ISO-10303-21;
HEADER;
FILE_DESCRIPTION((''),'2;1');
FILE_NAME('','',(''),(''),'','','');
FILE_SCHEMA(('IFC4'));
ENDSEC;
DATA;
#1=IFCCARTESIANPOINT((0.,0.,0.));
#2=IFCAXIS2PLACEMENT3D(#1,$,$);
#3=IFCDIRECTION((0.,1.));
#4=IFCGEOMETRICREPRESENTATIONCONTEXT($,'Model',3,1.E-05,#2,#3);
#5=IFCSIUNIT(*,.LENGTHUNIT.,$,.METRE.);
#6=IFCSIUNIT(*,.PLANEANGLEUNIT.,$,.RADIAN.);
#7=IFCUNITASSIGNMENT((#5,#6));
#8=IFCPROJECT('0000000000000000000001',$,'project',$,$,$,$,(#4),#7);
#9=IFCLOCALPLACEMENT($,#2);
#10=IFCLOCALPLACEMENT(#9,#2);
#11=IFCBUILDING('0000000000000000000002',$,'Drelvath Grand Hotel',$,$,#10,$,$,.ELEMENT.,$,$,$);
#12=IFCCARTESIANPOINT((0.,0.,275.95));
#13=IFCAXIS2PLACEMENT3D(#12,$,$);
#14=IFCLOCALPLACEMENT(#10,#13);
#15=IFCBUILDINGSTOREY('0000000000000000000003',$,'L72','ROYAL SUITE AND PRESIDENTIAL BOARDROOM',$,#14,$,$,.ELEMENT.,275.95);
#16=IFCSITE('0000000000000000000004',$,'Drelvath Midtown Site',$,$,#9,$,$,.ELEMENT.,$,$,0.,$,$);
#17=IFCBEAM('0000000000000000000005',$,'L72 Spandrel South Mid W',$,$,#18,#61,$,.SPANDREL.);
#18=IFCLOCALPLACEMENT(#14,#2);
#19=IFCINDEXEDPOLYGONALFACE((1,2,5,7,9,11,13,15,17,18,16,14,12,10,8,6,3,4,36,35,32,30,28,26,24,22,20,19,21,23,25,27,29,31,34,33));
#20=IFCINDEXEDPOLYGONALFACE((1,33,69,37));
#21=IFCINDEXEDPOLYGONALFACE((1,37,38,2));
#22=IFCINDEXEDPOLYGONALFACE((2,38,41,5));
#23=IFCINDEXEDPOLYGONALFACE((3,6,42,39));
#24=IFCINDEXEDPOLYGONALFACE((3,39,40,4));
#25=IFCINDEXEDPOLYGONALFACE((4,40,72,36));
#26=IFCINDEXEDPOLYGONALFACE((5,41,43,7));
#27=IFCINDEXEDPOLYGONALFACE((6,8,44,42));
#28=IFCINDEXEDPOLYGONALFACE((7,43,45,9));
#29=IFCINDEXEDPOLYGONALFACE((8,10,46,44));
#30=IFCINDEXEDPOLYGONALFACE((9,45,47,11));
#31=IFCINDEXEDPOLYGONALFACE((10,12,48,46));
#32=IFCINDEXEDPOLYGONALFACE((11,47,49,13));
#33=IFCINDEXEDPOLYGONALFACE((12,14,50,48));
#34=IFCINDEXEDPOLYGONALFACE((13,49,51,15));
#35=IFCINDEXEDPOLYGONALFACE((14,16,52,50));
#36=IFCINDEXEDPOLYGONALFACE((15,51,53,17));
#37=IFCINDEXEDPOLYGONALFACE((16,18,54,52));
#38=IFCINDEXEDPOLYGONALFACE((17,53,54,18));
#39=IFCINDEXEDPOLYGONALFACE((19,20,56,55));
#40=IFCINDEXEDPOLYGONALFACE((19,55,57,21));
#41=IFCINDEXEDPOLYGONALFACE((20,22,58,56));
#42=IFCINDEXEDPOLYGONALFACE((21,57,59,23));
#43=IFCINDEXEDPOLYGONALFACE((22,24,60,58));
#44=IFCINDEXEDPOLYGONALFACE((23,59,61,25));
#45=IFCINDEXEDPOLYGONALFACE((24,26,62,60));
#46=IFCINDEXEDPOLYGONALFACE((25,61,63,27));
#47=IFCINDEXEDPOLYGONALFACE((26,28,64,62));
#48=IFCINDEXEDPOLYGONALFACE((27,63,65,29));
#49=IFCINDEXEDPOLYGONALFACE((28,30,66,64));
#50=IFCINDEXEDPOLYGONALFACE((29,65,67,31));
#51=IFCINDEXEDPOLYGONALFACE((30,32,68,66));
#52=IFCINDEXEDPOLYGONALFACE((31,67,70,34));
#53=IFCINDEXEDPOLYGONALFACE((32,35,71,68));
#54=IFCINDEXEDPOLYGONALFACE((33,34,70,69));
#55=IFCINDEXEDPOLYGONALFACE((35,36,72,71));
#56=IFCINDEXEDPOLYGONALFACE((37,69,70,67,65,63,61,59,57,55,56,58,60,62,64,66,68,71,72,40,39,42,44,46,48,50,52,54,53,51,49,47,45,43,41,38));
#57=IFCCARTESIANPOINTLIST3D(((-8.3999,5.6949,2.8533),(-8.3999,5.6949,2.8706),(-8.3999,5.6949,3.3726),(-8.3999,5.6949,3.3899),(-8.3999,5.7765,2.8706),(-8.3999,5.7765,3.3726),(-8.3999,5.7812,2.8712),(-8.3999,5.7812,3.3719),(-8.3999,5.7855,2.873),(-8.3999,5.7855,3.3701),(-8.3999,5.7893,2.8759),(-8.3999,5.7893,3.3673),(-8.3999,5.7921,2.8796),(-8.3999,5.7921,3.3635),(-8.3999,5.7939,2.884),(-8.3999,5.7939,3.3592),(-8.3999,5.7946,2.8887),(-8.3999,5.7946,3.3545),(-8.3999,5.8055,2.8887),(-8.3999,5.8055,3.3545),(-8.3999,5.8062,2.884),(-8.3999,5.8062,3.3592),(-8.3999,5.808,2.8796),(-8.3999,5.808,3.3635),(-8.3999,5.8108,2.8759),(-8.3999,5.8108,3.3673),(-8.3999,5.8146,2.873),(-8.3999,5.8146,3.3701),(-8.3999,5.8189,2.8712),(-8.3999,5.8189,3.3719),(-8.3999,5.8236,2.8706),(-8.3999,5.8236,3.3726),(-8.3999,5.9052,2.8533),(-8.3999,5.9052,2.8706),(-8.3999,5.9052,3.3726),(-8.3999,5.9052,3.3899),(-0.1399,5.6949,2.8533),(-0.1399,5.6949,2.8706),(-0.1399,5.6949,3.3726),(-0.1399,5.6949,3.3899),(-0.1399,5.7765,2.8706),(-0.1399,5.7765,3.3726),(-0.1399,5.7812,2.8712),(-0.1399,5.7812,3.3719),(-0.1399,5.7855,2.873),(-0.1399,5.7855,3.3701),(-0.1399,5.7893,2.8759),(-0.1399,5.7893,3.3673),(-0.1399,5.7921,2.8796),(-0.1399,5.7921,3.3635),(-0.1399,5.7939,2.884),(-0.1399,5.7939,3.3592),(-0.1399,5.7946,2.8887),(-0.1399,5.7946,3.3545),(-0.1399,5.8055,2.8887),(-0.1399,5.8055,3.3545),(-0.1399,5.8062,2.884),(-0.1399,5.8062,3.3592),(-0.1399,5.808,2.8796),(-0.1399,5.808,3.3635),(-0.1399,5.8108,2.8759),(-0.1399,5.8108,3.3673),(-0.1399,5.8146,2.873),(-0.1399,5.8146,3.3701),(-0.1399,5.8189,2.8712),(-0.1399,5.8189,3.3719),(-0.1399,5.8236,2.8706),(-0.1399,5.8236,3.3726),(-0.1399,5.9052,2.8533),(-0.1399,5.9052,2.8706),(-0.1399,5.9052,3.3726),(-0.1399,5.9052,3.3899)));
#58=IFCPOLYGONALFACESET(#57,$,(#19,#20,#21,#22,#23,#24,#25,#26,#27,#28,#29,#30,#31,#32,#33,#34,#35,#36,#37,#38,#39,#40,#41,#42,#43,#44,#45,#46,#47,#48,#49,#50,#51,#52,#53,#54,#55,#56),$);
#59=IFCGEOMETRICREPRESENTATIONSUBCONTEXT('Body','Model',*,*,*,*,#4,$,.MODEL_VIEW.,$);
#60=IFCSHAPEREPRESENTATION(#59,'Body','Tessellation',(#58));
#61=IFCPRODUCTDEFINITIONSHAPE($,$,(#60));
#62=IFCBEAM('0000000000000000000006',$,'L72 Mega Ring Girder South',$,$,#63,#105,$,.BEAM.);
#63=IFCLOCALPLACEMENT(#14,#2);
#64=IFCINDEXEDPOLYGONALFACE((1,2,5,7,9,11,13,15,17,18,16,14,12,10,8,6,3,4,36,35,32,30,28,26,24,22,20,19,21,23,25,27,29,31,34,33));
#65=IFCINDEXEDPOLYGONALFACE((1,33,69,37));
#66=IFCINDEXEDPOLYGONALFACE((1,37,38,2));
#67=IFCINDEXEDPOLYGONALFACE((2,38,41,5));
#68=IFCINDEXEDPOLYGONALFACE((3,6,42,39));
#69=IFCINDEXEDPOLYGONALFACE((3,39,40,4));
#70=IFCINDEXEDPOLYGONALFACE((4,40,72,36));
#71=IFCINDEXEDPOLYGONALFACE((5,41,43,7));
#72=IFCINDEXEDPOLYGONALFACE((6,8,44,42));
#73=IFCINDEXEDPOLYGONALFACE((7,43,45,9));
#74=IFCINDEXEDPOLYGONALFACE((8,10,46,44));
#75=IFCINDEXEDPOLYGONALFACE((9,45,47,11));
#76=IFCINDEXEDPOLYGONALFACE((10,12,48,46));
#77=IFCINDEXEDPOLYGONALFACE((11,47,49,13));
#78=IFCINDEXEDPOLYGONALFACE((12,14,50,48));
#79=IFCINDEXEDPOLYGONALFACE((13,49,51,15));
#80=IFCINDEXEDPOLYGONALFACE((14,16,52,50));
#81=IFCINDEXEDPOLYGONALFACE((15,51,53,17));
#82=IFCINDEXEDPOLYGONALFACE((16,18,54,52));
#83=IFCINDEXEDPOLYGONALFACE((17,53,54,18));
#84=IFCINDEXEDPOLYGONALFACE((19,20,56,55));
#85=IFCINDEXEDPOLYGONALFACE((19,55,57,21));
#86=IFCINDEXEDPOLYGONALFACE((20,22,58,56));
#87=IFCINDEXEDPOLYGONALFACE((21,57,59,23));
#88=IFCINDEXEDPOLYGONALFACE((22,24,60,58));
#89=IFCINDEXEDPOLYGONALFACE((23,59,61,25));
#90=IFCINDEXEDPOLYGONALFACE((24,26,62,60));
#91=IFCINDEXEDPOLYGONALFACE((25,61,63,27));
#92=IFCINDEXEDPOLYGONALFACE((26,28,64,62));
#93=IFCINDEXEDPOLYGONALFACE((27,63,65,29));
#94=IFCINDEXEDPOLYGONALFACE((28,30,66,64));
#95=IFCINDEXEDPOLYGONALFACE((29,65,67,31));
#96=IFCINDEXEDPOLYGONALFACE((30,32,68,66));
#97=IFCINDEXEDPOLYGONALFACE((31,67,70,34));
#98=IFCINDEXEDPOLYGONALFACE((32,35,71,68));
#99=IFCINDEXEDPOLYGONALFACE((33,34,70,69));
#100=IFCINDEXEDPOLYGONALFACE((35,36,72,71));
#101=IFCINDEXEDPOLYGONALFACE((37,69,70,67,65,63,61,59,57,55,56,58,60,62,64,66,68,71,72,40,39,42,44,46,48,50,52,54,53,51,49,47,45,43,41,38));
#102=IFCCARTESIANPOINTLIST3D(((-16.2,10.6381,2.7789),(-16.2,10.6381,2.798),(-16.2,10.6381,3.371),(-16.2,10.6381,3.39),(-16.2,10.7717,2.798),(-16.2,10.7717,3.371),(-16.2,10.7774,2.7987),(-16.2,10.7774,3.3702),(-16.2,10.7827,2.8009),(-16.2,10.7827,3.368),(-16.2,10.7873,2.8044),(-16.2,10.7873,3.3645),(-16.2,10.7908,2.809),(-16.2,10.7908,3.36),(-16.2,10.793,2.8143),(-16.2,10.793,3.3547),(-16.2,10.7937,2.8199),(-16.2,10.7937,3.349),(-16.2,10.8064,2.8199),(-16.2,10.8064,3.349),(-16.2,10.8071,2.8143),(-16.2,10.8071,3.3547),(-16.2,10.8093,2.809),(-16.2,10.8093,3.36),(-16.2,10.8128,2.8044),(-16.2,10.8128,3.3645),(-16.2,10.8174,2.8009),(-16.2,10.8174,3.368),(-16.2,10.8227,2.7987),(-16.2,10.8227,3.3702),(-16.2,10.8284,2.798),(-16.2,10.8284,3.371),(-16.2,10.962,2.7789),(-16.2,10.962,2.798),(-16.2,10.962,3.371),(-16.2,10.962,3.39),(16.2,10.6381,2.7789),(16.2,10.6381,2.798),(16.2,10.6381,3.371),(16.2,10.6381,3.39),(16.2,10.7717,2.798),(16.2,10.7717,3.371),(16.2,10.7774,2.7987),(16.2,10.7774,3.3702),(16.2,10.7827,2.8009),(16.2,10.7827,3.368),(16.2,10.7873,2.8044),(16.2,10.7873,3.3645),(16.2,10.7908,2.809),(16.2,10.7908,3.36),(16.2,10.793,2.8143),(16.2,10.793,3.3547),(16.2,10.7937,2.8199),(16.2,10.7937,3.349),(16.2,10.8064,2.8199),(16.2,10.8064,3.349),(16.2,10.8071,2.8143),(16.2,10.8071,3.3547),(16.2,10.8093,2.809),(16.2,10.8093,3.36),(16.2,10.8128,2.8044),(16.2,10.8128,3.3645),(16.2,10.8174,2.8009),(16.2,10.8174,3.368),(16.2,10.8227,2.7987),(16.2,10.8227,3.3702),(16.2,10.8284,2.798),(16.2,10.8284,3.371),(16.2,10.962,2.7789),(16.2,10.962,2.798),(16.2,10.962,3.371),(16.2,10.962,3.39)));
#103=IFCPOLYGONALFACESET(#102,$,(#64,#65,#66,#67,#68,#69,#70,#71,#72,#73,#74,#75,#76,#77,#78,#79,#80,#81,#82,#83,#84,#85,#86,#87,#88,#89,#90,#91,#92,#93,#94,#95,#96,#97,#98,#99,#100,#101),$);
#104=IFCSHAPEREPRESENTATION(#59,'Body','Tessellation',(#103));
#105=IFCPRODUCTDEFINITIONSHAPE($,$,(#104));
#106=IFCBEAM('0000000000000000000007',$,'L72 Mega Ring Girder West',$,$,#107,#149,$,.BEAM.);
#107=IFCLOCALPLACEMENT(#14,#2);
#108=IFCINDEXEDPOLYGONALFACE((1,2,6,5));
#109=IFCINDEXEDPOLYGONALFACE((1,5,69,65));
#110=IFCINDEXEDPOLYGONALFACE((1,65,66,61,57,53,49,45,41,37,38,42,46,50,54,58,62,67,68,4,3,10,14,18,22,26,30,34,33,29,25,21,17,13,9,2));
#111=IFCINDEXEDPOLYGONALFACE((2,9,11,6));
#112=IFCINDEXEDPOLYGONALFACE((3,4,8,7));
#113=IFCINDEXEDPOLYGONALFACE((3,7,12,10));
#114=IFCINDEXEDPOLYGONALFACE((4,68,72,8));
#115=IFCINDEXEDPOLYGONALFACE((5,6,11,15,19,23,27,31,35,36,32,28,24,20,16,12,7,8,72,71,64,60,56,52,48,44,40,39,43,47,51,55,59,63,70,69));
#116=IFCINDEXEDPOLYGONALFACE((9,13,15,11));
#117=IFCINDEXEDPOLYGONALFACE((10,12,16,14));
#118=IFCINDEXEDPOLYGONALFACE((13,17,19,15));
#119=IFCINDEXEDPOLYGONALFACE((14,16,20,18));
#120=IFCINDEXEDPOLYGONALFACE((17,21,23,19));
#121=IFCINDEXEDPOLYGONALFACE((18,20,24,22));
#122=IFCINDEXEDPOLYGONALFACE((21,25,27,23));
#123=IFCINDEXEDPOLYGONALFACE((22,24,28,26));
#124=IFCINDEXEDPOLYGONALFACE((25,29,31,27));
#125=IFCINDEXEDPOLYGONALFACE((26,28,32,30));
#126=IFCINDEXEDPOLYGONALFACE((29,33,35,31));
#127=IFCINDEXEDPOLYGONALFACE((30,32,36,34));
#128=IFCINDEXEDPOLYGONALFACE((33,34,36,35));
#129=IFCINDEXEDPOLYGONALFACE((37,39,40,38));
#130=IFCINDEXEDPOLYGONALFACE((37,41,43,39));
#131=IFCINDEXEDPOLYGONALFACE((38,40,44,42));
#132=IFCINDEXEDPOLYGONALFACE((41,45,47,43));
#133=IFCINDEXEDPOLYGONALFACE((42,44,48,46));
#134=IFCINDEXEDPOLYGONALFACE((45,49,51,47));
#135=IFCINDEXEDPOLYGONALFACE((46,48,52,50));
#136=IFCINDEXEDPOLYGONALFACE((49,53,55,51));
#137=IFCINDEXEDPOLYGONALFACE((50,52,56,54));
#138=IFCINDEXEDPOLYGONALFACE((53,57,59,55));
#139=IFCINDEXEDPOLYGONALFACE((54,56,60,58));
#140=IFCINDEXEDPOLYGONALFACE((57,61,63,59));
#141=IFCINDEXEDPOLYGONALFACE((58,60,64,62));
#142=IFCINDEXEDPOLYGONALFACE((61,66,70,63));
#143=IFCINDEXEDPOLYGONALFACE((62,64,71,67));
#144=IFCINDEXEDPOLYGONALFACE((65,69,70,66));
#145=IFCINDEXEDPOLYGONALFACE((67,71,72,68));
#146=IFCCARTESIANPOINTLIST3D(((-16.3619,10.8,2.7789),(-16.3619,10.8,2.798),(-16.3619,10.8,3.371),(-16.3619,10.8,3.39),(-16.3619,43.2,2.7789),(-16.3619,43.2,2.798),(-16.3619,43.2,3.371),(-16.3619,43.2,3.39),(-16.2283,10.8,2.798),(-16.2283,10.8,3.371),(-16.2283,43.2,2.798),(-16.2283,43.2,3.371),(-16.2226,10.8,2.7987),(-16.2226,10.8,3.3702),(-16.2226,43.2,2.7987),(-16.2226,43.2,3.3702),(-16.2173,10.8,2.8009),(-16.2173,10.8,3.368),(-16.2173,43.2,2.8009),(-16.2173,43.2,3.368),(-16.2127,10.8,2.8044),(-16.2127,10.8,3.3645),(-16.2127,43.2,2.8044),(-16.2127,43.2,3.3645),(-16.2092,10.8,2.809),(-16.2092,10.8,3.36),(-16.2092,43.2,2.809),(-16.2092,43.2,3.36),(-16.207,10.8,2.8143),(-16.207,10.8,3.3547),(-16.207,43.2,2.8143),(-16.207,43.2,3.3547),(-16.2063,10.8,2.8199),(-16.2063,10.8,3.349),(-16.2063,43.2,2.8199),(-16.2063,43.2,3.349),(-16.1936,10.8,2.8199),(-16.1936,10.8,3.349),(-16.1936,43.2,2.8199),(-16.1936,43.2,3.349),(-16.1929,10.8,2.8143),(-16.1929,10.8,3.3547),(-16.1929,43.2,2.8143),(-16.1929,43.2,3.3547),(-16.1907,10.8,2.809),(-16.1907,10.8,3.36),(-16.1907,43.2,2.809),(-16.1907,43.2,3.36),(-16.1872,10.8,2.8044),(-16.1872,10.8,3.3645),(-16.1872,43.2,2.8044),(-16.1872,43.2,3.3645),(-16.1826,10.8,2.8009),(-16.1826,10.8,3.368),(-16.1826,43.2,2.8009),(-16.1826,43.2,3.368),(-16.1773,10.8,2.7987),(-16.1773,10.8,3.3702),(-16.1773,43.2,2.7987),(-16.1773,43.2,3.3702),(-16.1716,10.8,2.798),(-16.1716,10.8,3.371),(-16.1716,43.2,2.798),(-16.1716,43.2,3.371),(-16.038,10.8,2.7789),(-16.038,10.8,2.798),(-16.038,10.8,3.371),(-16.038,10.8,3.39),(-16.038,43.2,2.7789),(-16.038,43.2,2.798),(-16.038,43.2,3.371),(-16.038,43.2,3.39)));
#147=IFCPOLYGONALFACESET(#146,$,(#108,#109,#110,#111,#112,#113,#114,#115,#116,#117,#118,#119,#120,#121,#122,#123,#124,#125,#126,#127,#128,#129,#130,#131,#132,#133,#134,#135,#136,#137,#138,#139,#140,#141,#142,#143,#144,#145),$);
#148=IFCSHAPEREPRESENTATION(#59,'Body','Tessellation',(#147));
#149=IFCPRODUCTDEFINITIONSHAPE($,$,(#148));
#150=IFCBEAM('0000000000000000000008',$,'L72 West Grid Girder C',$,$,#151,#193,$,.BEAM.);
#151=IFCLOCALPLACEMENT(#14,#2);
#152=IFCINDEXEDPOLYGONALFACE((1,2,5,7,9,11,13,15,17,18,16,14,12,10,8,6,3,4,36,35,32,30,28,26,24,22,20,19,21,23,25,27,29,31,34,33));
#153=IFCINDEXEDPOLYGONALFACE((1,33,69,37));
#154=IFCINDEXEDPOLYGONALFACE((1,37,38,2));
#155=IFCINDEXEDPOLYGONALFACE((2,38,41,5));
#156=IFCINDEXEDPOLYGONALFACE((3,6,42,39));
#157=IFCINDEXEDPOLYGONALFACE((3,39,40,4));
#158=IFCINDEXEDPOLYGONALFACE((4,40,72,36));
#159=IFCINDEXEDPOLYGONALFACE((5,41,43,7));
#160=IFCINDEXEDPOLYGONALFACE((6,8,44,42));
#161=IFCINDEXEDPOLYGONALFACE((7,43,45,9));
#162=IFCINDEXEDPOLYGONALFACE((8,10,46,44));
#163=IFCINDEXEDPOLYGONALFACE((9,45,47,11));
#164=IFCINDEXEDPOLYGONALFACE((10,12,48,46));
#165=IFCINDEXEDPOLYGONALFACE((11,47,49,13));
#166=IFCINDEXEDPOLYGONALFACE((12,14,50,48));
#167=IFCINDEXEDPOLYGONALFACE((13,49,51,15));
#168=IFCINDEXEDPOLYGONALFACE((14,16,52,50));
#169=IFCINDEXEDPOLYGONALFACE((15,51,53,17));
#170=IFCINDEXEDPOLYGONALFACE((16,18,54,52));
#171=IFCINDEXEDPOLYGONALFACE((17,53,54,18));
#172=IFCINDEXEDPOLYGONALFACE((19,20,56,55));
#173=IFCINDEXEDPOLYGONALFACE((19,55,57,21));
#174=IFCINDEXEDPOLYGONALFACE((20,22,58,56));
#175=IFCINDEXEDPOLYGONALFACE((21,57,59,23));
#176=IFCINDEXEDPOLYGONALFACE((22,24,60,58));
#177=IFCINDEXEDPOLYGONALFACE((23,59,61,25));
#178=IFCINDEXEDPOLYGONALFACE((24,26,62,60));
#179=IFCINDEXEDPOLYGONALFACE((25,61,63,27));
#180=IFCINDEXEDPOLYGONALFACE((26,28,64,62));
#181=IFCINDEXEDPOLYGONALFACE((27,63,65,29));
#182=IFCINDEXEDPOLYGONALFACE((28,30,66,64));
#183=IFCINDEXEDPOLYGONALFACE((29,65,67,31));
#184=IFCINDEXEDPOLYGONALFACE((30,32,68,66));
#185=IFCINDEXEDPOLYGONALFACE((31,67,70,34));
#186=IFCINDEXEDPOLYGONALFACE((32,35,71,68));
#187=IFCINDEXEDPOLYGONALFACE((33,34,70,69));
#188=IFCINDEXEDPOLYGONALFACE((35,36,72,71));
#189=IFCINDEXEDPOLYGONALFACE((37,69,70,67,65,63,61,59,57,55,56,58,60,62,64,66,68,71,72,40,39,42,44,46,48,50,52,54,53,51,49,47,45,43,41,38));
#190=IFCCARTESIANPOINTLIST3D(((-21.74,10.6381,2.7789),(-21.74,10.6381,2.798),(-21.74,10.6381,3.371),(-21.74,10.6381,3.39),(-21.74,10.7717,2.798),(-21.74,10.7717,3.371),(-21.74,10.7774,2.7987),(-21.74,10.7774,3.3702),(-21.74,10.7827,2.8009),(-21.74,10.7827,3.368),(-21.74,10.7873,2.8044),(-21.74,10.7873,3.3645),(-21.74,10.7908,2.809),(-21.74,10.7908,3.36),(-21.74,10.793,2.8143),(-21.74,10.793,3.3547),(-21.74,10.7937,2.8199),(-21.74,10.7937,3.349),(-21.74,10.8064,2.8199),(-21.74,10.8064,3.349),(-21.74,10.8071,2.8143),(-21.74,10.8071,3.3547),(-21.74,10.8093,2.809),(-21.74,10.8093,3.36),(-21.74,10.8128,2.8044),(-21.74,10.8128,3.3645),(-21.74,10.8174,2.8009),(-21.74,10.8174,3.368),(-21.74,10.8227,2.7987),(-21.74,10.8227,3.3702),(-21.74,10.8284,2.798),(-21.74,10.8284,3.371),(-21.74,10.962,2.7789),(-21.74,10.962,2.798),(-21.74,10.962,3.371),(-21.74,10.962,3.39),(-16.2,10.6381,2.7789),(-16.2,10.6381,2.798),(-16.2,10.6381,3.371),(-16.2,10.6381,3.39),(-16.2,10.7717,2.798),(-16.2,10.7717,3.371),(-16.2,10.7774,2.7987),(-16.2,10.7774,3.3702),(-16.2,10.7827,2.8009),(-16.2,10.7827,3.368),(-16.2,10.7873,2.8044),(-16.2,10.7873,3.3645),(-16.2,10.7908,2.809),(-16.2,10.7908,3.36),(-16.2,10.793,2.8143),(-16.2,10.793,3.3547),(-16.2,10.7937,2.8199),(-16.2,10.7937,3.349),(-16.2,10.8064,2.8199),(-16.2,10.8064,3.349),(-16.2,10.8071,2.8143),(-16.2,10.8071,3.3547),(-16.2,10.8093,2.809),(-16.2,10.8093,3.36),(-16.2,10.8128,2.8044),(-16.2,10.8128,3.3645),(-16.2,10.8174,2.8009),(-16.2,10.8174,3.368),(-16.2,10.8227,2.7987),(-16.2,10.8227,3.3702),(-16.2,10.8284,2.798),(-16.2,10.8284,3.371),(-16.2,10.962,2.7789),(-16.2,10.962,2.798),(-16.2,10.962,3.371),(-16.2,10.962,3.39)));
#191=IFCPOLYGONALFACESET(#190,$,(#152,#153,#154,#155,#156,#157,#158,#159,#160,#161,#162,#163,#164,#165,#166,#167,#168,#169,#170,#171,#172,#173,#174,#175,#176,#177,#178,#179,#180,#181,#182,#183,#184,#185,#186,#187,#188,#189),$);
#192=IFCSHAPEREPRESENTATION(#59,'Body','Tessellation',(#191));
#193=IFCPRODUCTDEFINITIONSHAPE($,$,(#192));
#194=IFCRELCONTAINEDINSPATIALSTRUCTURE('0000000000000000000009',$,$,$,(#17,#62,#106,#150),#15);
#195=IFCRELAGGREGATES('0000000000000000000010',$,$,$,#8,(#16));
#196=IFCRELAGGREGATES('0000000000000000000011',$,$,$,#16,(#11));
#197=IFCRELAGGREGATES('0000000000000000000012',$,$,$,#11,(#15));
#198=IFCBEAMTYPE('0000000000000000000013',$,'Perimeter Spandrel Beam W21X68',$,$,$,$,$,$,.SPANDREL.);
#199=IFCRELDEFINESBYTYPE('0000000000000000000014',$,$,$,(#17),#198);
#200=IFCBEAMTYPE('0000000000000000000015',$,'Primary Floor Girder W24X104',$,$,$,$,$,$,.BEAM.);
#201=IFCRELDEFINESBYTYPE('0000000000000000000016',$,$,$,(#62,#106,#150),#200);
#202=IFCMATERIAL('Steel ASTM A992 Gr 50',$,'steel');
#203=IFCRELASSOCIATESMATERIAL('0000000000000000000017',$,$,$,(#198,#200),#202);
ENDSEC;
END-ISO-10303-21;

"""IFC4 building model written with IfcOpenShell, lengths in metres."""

from ifc_helpers import new_model, si_unit, direction, frame, origin, origin_2d, place, context, subcontext, project, spatial, i_section, extrude, material, material_profile, profile_set, type_object, element, save


model = new_model("IFC4")

# Units and contexts
model_context = context("Model", 3, precision=1e-05, world=origin(), true_north=direction((0.0, 1.0)))
body_context = subcontext(model_context, "Body", "Model", "MODEL_VIEW")
ifc_project = project(units=[si_unit("LENGTHUNIT", "METRE"), si_unit("PLANEANGLEUNIT", "RADIAN")], contexts=[model_context])

# Site, building, storey
site_placement = place(None, origin())
site = spatial("IfcSite", under=ifc_project, at=site_placement, Name="Drelvath Midtown Site", CompositionType="ELEMENT", RefElevation=0.0)
building_placement = place(site_placement, origin())
building = spatial("IfcBuilding", under=site, at=building_placement, Name="Drelvath Grand Hotel", CompositionType="ELEMENT")
storey_placement = place(building_placement, frame((0.0, 0.0, 275.95)))
storey = spatial("IfcBuildingStorey", under=building, at=storey_placement, Name="L72", Description="ROYAL SUITE AND PRESIDENTIAL BOARDROOM", CompositionType="ELEMENT", Elevation=275.95)

# Shared definitions
ifc_material_1 = material(Name="Steel ASTM A992 Gr 50", Category="steel")

# Beams
ifc_material_profile_1 = material_profile(ifc_material_1, i_section(OverallWidth=0.2102, OverallDepth=0.5366, WebThickness=0.011, FlangeThickness=0.0173, FilletRadius=0.0181, at=origin_2d()), Name="W21X68")
ifc_profile_set_1 = profile_set([ifc_material_profile_1], Name="Steel ASTM A992 Gr 50")
beam_type_1 = type_object("IfcBeamType", Name="Perimeter Spandrel Beam W21X68", PredefinedType="SPANDREL", material=ifc_profile_set_1)
beam_1_placement = place(storey_placement, frame((-8.3999, 5.8, 3.1216), z_axis=(1.0, 0.0, 0.0), x_axis=(0.0, 1.0, 0.0)))
element("IfcBeam", 1, at=beam_1_placement, inside=storey, type_object=beam_type_1, Name="L72 Spandrel South Mid W", PredefinedType="SPANDREL", context=body_context, shape_type="SweptSolid", body=[
    extrude(i_section(OverallWidth=0.2102, OverallDepth=0.5366, WebThickness=0.011, FlangeThickness=0.0173, FilletRadius=0.0181, at=origin_2d()), origin(), (0.0, 0.0, 1.0), 8.26),
])
ifc_material_profile_2 = material_profile(ifc_material_1, i_section(OverallWidth=0.324, OverallDepth=0.6111, WebThickness=0.0127, FlangeThickness=0.019, FilletRadius=0.022, at=origin_2d()), Name="W24X104")
ifc_profile_set_2 = profile_set([ifc_material_profile_2], Name="Steel ASTM A992 Gr 50")
beam_type_2 = type_object("IfcBeamType", Name="Primary Floor Girder W24X104", PredefinedType="BEAM", material=ifc_profile_set_2)
for number, where, z_axis, x_axis, name in (
    (2, (-16.2, 10.8, 3.0845), (1.0, 0.0, 0.0), (0.0, 1.0, 0.0), "L72 Mega Ring Girder South"),
    (3, (-16.2, 10.8, 3.0845), (0.0, 1.0, 0.0), (-1.0, 0.0, 0.0), "L72 Mega Ring Girder West"),
):
    element("IfcBeam", number, at=place(storey_placement, frame(where, z_axis=z_axis, x_axis=x_axis)), inside=storey, type_object=beam_type_2, Name=name, PredefinedType="BEAM", context=body_context, shape_type="SweptSolid", body=[
        extrude(i_section(OverallWidth=0.324, OverallDepth=0.6111, WebThickness=0.0127, FlangeThickness=0.019, FilletRadius=0.022, at=origin_2d()), origin(), (0.0, 0.0, 1.0), 32.3999),
    ])
for number, where, z_axis, x_axis, name in (
    (4, (-21.74, 10.8, 3.0845), (1.0, 0.0, 0.0), (0.0, 1.0, 0.0), "L72 West Grid Girder C"),
):
    element("IfcBeam", number, at=place(storey_placement, frame(where, z_axis=z_axis, x_axis=x_axis)), inside=storey, type_object=beam_type_2, Name=name, PredefinedType="BEAM", context=body_context, shape_type="SweptSolid", body=[
        extrude(i_section(OverallWidth=0.324, OverallDepth=0.6111, WebThickness=0.0127, FlangeThickness=0.019, FilletRadius=0.022, at=origin_2d()), origin(), (0.0, 0.0, 1.0), 5.54),
    ])

save(model, "model.ifc")
